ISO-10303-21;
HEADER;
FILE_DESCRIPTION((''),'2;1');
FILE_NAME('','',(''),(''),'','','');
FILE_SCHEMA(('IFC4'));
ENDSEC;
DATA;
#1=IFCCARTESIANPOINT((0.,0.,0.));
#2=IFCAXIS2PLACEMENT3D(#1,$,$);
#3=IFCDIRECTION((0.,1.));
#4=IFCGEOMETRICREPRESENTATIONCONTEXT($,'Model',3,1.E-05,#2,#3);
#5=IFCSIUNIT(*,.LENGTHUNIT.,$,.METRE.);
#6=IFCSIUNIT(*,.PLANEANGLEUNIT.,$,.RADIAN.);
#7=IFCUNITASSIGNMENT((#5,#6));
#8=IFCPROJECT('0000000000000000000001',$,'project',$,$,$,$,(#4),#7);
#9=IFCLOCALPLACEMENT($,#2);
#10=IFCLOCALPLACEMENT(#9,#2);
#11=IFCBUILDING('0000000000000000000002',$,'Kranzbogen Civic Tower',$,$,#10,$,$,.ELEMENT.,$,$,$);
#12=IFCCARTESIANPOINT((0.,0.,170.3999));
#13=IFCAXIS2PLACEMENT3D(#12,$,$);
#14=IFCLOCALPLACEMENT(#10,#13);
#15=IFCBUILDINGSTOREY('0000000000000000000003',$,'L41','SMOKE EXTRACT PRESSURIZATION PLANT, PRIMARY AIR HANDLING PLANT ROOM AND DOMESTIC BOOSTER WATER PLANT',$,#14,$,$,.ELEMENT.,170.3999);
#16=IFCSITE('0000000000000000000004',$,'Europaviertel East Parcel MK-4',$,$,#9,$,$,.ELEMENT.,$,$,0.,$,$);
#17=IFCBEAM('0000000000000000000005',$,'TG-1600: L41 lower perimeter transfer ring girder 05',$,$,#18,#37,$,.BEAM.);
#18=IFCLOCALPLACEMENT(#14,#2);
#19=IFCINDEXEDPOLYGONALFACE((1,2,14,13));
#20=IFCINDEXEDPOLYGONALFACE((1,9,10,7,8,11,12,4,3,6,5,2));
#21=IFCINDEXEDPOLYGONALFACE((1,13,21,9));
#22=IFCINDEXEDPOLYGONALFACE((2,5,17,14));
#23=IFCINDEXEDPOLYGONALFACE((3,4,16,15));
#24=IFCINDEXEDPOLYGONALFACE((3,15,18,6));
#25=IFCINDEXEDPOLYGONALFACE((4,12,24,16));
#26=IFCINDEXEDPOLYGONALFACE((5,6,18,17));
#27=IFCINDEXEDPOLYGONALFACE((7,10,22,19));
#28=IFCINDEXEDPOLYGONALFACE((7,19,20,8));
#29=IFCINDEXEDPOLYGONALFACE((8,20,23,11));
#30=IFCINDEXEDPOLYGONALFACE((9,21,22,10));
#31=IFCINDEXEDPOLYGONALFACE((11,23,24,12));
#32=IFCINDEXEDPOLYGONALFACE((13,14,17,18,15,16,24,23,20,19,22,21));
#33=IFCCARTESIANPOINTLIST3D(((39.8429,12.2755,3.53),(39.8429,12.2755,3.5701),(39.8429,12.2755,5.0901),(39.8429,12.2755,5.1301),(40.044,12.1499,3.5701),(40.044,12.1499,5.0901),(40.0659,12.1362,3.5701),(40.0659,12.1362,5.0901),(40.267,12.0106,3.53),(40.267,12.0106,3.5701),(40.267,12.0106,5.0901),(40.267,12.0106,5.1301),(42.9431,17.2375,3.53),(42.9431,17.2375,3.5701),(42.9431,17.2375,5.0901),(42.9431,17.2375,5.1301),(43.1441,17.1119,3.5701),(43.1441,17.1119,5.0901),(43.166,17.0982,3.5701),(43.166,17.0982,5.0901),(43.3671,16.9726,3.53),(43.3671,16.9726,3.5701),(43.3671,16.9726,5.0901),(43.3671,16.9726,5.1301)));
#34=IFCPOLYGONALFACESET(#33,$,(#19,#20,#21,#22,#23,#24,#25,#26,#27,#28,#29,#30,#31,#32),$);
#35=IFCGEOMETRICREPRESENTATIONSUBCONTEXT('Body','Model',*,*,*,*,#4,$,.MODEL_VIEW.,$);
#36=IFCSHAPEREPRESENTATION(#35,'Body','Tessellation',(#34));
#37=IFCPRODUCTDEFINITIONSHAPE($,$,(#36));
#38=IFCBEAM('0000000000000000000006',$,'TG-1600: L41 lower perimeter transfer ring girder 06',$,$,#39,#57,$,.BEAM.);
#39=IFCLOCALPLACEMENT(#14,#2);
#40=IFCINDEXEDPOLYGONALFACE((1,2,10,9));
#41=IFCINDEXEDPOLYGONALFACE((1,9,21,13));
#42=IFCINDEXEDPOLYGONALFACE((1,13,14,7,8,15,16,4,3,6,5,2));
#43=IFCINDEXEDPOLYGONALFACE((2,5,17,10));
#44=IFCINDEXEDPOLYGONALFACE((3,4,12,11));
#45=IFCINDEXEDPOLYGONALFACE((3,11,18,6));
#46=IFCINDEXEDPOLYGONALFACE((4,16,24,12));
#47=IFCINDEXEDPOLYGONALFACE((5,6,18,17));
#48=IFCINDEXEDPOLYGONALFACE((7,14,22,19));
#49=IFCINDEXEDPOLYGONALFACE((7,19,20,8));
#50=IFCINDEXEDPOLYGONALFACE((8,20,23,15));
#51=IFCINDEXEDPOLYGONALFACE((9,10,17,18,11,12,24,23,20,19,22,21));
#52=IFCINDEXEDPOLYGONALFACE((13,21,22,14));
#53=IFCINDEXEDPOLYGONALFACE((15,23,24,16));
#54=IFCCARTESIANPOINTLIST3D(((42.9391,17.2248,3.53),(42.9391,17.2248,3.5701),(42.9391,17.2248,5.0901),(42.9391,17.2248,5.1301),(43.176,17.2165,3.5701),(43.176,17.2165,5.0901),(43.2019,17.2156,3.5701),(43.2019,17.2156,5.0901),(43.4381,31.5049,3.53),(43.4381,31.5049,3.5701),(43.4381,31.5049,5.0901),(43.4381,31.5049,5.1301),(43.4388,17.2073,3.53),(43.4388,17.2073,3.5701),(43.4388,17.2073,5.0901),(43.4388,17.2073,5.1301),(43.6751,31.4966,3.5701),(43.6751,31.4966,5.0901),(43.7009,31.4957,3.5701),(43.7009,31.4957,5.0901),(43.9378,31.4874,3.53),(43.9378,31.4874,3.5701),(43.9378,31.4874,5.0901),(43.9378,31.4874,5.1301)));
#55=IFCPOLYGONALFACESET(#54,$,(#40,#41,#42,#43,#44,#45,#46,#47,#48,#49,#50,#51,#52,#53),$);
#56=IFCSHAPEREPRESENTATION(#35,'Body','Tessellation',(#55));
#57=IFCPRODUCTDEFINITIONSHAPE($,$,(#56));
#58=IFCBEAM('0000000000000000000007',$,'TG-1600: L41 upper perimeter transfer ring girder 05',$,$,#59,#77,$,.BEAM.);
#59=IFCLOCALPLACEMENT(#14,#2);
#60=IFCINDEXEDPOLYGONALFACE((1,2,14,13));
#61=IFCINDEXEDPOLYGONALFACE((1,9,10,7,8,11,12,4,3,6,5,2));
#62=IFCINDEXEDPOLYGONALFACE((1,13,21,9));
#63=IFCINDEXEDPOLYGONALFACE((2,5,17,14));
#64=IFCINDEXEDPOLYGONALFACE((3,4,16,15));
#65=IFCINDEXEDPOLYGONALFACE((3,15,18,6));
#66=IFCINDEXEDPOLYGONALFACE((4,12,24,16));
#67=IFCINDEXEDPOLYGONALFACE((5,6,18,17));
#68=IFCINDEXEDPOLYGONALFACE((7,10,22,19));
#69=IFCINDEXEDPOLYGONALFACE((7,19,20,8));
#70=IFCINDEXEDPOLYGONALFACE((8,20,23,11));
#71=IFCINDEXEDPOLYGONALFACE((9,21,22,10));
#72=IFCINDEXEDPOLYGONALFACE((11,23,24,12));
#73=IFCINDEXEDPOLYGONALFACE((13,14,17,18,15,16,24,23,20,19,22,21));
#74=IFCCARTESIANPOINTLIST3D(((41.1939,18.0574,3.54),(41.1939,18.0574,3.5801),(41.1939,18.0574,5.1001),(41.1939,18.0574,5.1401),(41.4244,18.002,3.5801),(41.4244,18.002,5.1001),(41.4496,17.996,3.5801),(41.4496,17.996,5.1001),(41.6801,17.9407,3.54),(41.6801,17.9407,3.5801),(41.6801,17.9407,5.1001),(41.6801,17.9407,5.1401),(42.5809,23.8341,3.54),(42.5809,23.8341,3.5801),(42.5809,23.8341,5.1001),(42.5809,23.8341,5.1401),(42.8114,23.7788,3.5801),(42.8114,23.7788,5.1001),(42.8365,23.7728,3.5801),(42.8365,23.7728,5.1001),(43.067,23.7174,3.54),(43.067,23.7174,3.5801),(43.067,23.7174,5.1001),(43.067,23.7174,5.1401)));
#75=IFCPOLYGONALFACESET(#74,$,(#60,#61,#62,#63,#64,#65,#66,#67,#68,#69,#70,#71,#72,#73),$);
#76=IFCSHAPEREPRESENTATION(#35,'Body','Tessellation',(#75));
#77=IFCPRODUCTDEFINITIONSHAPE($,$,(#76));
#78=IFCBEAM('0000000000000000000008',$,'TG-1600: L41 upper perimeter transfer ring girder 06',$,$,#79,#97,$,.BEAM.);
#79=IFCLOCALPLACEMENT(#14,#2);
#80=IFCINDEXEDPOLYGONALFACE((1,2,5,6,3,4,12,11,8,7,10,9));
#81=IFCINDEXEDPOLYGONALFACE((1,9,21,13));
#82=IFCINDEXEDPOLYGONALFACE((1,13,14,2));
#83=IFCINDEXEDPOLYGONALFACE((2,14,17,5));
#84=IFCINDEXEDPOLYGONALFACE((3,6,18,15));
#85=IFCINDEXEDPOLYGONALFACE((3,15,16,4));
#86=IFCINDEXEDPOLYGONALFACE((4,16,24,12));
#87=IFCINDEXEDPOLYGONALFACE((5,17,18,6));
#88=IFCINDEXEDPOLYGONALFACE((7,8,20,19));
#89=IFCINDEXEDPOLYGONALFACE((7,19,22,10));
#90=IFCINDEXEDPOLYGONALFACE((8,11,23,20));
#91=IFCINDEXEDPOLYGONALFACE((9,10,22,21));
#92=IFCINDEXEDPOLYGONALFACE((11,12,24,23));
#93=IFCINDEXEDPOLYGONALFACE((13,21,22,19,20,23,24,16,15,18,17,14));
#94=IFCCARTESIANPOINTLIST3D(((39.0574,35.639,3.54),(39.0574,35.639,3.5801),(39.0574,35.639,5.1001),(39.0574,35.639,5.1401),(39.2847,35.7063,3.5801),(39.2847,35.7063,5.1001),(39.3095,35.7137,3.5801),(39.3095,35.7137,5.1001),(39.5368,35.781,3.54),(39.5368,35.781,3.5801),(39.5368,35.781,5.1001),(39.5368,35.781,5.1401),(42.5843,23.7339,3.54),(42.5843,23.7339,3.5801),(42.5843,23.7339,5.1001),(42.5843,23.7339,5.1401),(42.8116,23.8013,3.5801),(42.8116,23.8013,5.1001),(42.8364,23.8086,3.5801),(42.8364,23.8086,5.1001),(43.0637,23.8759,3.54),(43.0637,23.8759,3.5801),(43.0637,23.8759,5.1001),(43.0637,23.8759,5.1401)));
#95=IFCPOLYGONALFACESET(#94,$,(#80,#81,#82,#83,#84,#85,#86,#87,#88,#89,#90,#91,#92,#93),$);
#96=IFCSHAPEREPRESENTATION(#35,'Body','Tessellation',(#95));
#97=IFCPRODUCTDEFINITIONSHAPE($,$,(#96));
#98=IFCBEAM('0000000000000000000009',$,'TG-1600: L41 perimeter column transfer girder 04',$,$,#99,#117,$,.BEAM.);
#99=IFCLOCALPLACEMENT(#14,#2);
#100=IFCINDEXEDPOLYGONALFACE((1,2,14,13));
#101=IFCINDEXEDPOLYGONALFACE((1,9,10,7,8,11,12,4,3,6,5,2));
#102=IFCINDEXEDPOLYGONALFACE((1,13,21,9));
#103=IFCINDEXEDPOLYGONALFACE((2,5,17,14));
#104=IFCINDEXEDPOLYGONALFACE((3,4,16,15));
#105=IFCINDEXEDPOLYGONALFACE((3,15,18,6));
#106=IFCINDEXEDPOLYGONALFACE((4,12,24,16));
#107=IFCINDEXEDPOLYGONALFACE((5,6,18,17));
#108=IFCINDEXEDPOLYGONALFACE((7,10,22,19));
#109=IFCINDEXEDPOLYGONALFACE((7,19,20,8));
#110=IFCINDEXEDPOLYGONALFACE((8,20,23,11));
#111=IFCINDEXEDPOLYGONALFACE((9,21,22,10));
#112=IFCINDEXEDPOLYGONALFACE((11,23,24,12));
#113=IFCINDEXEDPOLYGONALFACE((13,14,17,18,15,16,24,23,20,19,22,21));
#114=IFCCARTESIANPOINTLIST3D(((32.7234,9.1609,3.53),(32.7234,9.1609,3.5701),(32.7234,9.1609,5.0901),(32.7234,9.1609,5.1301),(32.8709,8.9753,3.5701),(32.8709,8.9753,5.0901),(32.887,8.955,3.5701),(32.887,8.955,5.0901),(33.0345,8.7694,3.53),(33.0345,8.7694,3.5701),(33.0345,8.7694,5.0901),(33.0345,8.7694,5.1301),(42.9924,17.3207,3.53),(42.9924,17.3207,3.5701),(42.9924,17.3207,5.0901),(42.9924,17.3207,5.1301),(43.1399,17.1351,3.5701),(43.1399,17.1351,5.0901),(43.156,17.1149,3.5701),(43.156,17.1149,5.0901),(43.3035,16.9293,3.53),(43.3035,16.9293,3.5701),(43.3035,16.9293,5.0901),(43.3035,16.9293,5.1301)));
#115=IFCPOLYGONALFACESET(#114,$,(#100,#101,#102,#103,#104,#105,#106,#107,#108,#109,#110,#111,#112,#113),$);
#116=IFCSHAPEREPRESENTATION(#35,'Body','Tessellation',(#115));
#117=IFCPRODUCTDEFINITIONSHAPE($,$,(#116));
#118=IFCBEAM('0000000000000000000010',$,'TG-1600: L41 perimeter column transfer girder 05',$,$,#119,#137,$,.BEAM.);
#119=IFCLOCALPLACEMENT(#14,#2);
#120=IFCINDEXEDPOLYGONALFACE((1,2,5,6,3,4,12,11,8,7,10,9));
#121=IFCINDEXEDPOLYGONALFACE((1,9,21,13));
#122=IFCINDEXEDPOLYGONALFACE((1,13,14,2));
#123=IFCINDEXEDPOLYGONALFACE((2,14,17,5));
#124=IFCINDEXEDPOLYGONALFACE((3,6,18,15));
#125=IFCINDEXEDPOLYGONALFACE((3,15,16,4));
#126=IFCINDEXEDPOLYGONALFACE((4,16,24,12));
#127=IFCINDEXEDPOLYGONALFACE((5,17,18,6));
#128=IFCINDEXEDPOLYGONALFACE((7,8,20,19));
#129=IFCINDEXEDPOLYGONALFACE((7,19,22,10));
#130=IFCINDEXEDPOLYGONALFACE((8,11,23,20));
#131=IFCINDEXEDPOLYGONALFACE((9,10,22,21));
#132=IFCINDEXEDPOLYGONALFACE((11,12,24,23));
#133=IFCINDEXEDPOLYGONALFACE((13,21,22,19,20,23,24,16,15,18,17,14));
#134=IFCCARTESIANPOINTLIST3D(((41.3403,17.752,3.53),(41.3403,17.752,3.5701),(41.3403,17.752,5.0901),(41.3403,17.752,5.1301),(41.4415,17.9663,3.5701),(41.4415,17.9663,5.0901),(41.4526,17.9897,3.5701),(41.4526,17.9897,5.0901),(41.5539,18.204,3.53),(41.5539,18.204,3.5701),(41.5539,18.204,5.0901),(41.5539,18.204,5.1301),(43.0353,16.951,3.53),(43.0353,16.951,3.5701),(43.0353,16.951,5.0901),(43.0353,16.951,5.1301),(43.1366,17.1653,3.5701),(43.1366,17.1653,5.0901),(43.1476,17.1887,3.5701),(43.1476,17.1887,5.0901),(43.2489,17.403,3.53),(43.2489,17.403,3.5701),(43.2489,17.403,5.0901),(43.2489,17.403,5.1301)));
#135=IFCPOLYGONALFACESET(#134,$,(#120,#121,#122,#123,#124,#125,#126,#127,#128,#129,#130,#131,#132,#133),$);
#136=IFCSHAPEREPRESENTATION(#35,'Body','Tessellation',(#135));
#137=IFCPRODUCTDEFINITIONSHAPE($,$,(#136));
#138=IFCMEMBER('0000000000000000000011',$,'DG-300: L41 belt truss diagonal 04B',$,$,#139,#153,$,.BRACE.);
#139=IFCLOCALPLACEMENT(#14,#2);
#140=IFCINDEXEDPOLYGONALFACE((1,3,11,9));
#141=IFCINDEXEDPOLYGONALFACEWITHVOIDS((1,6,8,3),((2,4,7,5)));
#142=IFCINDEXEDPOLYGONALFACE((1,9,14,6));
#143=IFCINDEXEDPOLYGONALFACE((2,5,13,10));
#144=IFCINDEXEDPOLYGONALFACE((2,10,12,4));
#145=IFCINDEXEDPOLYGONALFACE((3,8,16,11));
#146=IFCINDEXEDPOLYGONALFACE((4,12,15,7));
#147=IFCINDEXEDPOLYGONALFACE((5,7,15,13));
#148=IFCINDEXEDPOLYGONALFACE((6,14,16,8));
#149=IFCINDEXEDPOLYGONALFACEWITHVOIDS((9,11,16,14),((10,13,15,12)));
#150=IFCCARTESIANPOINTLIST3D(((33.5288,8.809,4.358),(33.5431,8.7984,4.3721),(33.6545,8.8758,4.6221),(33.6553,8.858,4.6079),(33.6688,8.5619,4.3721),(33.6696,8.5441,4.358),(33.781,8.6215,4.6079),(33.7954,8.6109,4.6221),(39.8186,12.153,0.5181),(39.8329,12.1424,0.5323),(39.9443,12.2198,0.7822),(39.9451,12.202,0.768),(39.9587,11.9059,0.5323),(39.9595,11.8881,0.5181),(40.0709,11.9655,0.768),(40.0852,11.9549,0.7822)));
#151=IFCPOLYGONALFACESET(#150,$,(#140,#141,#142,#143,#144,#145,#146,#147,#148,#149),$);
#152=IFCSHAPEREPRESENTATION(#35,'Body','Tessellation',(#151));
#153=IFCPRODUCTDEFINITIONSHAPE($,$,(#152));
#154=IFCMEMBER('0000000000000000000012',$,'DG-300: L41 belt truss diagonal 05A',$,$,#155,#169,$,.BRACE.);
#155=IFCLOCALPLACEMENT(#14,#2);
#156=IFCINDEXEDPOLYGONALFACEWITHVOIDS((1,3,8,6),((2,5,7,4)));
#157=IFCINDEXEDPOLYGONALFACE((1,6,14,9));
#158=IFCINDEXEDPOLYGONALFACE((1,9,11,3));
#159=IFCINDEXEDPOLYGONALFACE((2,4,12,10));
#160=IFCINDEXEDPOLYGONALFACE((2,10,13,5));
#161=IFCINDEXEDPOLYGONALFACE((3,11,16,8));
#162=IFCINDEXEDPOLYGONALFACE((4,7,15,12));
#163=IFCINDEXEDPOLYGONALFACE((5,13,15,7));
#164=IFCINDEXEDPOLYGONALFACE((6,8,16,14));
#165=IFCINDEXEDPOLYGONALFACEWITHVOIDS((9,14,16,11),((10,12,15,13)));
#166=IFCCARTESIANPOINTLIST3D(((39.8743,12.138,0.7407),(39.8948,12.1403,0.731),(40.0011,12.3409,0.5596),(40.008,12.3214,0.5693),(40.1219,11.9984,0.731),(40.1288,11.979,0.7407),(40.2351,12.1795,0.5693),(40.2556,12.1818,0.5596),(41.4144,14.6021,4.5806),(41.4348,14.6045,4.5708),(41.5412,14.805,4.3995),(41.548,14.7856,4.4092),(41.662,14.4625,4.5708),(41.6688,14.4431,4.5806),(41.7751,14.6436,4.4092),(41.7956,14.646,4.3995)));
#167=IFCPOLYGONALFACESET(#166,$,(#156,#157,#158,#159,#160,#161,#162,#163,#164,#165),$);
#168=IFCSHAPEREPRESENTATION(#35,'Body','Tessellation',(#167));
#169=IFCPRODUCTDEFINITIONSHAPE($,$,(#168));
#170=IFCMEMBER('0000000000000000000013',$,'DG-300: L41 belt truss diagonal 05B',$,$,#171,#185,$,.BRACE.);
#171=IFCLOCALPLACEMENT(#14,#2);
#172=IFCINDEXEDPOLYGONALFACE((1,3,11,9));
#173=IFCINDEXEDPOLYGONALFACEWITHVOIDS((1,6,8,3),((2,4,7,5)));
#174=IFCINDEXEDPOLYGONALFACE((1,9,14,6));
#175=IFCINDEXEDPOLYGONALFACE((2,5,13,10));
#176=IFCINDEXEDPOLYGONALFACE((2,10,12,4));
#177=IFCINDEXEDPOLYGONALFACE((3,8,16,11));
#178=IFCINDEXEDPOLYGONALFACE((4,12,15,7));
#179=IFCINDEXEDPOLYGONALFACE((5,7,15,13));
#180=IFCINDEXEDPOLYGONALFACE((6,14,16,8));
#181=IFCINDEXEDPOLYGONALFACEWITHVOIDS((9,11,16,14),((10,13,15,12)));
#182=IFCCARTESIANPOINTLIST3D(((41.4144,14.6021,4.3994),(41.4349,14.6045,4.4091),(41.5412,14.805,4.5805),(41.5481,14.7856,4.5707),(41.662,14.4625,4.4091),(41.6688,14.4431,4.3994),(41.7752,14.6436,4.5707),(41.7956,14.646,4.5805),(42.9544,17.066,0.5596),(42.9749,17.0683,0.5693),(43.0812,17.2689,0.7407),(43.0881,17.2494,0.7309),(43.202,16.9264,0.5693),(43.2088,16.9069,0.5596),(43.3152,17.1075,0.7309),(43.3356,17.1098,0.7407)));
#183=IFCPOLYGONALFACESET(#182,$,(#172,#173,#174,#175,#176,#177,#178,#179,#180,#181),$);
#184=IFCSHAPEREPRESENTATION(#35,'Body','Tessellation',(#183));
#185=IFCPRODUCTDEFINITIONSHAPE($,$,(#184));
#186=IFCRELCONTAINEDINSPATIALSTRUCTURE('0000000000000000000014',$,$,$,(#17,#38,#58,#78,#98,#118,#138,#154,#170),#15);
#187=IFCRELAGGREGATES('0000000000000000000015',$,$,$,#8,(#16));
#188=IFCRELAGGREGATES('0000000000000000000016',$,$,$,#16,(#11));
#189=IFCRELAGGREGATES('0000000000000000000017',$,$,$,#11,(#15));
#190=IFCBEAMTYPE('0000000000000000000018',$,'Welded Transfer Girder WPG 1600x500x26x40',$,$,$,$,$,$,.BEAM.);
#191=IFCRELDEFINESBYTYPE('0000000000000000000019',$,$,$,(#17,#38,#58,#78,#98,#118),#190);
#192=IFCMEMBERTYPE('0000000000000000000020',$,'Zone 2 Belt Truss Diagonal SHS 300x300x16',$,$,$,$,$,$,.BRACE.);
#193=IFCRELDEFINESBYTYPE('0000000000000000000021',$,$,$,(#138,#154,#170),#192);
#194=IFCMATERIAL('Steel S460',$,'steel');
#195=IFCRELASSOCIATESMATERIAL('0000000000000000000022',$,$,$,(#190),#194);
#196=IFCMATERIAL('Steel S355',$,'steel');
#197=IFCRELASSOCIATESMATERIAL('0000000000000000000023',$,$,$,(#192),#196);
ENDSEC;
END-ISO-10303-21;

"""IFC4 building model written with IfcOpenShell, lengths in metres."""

from ifc_helpers import new_model, si_unit, direction, frame, origin, origin_2d, place, context, subcontext, project, spatial, hollow_rectangle, i_section, extrude, material, material_profile, profile_set, type_object, element, save


model = new_model("IFC4")

# Units and contexts
model_context = context("Model", 3, precision=1e-05, world=origin(), true_north=direction((0.0, 1.0)))
body_context = subcontext(model_context, "Body", "Model", "MODEL_VIEW")
ifc_project = project(units=[si_unit("LENGTHUNIT", "METRE"), si_unit("PLANEANGLEUNIT", "RADIAN")], contexts=[model_context])

# Site, building, storey
site_placement = place(None, origin())
site = spatial("IfcSite", under=ifc_project, at=site_placement, Name="Europaviertel East Parcel MK-4", CompositionType="ELEMENT", RefElevation=0.0)
building_placement = place(site_placement, origin())
building = spatial("IfcBuilding", under=site, at=building_placement, Name="Kranzbogen Civic Tower", CompositionType="ELEMENT")
storey_placement = place(building_placement, frame((0.0, 0.0, 170.3999)))
storey = spatial("IfcBuildingStorey", under=building, at=storey_placement, Name="L41", Description="SMOKE EXTRACT PRESSURIZATION PLANT, PRIMARY AIR HANDLING PLANT ROOM AND DOMESTIC BOOSTER WATER PLANT", CompositionType="ELEMENT", Elevation=170.3999)

# Shared definitions
ifc_material_1 = material(Name="Steel S355", Category="steel")

# Shared definitions
ifc_material_2 = material(Name="Steel S460", Category="steel")

# Beams
ifc_material_profile_1 = material_profile(ifc_material_2, i_section(OverallWidth=0.5, OverallDepth=1.6001, WebThickness=0.0259, FlangeThickness=0.04, at=origin_2d()), Name="WPG 1600x500x26x40")
ifc_profile_set_1 = profile_set([ifc_material_profile_1], Name="Steel S460")
beam_type = type_object("IfcBeamType", Name="Welded Transfer Girder WPG 1600x500x26x40", PredefinedType="BEAM", material=ifc_profile_set_1)
beam_1_placement = place(storey_placement, frame((40.0549, 12.1431, 4.3301), z_axis=(0.529864, 0.848083, 0.0), x_axis=(-0.848083, 0.529864, 0.0)))
element("IfcBeam", 1, at=beam_1_placement, inside=storey, type_object=beam_type, Name="TG-1600: L41 lower perimeter transfer ring girder 05", PredefinedType="BEAM", context=body_context, shape_type="SweptSolid", body=[
    extrude(i_section(OverallWidth=0.5, OverallDepth=1.6001, WebThickness=0.0259, FlangeThickness=0.04, at=origin_2d()), origin(), (0.0, 0.0, 1.0), 5.8508),
])
beam_2_placement = place(storey_placement, frame((43.189, 17.2161, 4.3301), z_axis=(0.034924, 0.99939, 0.0), x_axis=(-0.99939, 0.034924, 0.0)))
element("IfcBeam", 2, at=beam_2_placement, inside=storey, type_object=beam_type, Name="TG-1600: L41 lower perimeter transfer ring girder 06", PredefinedType="BEAM", context=body_context, shape_type="SweptSolid", body=[
    extrude(i_section(OverallWidth=0.5, OverallDepth=1.6001, WebThickness=0.0259, FlangeThickness=0.04, at=origin_2d()), origin(), (0.0, 0.0, 1.0), 14.2888),
])
beam_3_placement = place(storey_placement, frame((41.437, 17.999, 4.3401), z_axis=(0.233455, 0.972368, 0.0), x_axis=(-0.972368, 0.233455, 0.0)))
element("IfcBeam", 3, at=beam_3_placement, inside=storey, type_object=beam_type, Name="TG-1600: L41 upper perimeter transfer ring girder 05", PredefinedType="BEAM", context=body_context, shape_type="SweptSolid", body=[
    extrude(i_section(OverallWidth=0.5, OverallDepth=1.6001, WebThickness=0.0259, FlangeThickness=0.04, at=origin_2d()), origin(), (0.0, 0.0, 1.0), 5.9409),
])
beam_4_placement = place(storey_placement, frame((42.824, 23.8049, 4.3401), z_axis=(-0.284047, 0.95881, 0.0), x_axis=(-0.95881, -0.284047, 0.0)))
element("IfcBeam", 4, at=beam_4_placement, inside=storey, type_object=beam_type, Name="TG-1600: L41 upper perimeter transfer ring girder 06", PredefinedType="BEAM", context=body_context, shape_type="SweptSolid", body=[
    extrude(i_section(OverallWidth=0.5, OverallDepth=1.6001, WebThickness=0.0259, FlangeThickness=0.04, at=origin_2d()), origin(), (0.0, 0.0, 1.0), 12.4165),
])
beam_5_placement = place(storey_placement, frame((43.1479, 17.125, 4.3301), z_axis=(-0.782922, -0.62212, 0.0), x_axis=(0.62212, -0.782922, 0.0)))
element("IfcBeam", 5, at=beam_5_placement, inside=storey, type_object=beam_type, Name="TG-1600: L41 perimeter column transfer girder 04", PredefinedType="BEAM", context=body_context, shape_type="SweptSolid", body=[
    extrude(i_section(OverallWidth=0.5, OverallDepth=1.6001, WebThickness=0.0259, FlangeThickness=0.04, at=origin_2d()), origin(), (0.0, 0.0, 1.0), 13.1162),
])
beam_6_placement = place(storey_placement, frame((43.1421, 17.177, 4.3301), z_axis=(-0.90413, 0.427258, 0.0), x_axis=(-0.427258, -0.90413, 0.0)))
element("IfcBeam", 6, at=beam_6_placement, inside=storey, type_object=beam_type, Name="TG-1600: L41 perimeter column transfer girder 05", PredefinedType="BEAM", context=body_context, shape_type="SweptSolid", body=[
    extrude(i_section(OverallWidth=0.5, OverallDepth=1.6001, WebThickness=0.0259, FlangeThickness=0.04, at=origin_2d()), origin(), (0.0, 0.0, 1.0), 1.8748),
])

# Members
ifc_material_profile_2 = material_profile(ifc_material_1, hollow_rectangle(XDim=0.3, YDim=0.3, WallThickness=0.0161, at=origin_2d()), Name="SHS 300x300x16")
ifc_profile_set_2 = profile_set([ifc_material_profile_2], Name="Steel S355")
member_type_1 = type_object("IfcMemberType", Name="Zone 2 Belt Truss Diagonal SHS 300x300x16", PredefinedType="BRACE", material=ifc_profile_set_2)
member_1_placement = place(storey_placement, frame((39.9519, 12.054, 0.6501), z_axis=(-0.77724, -0.413222, 0.474495), x_axis=(0.469433, -0.882968, 0.0)))
element("IfcMember", 7, at=member_1_placement, inside=storey, type_object=member_type_1, Name="DG-300: L41 belt truss diagonal 04B", PredefinedType="BRACE", context=body_context, shape_type="SweptSolid", body=[
    extrude(hollow_rectangle(XDim=0.3, YDim=0.3, WallThickness=0.0161, at=origin_2d()), origin(), (0.0, 0.0, 1.0), 8.0925),
])
member_2_placement = place(storey_placement, frame((40.0649, 12.1599, 0.6501), z_axis=(0.319816, 0.511716, 0.797411), x_axis=(-0.848003, 0.529991, 0.0)))
element("IfcMember", 8, at=member_2_placement, inside=storey, type_object=member_type_1, Name="DG-300: L41 belt truss diagonal 05A", PredefinedType="BRACE", context=body_context, shape_type="SweptSolid", body=[
    extrude(hollow_rectangle(XDim=0.3, YDim=0.3, WallThickness=0.0161, at=origin_2d()), origin(), (0.0, 0.0, 1.0), 4.8154),
])
member_3_placement = place(storey_placement, frame((43.145, 17.0879, 0.6501), z_axis=(-0.319824, -0.511679, 0.797432), x_axis=(0.847979, -0.530029, 0.0)))
element("IfcMember", 9, at=member_3_placement, inside=storey, type_object=member_type_1, Name="DG-300: L41 belt truss diagonal 05B", PredefinedType="BRACE", context=body_context, shape_type="SweptSolid", body=[
    extrude(hollow_rectangle(XDim=0.3, YDim=0.3, WallThickness=0.0161, at=origin_2d()), origin(), (0.0, 0.0, 1.0), 4.8152),
])

save(model, "model.ifc")
